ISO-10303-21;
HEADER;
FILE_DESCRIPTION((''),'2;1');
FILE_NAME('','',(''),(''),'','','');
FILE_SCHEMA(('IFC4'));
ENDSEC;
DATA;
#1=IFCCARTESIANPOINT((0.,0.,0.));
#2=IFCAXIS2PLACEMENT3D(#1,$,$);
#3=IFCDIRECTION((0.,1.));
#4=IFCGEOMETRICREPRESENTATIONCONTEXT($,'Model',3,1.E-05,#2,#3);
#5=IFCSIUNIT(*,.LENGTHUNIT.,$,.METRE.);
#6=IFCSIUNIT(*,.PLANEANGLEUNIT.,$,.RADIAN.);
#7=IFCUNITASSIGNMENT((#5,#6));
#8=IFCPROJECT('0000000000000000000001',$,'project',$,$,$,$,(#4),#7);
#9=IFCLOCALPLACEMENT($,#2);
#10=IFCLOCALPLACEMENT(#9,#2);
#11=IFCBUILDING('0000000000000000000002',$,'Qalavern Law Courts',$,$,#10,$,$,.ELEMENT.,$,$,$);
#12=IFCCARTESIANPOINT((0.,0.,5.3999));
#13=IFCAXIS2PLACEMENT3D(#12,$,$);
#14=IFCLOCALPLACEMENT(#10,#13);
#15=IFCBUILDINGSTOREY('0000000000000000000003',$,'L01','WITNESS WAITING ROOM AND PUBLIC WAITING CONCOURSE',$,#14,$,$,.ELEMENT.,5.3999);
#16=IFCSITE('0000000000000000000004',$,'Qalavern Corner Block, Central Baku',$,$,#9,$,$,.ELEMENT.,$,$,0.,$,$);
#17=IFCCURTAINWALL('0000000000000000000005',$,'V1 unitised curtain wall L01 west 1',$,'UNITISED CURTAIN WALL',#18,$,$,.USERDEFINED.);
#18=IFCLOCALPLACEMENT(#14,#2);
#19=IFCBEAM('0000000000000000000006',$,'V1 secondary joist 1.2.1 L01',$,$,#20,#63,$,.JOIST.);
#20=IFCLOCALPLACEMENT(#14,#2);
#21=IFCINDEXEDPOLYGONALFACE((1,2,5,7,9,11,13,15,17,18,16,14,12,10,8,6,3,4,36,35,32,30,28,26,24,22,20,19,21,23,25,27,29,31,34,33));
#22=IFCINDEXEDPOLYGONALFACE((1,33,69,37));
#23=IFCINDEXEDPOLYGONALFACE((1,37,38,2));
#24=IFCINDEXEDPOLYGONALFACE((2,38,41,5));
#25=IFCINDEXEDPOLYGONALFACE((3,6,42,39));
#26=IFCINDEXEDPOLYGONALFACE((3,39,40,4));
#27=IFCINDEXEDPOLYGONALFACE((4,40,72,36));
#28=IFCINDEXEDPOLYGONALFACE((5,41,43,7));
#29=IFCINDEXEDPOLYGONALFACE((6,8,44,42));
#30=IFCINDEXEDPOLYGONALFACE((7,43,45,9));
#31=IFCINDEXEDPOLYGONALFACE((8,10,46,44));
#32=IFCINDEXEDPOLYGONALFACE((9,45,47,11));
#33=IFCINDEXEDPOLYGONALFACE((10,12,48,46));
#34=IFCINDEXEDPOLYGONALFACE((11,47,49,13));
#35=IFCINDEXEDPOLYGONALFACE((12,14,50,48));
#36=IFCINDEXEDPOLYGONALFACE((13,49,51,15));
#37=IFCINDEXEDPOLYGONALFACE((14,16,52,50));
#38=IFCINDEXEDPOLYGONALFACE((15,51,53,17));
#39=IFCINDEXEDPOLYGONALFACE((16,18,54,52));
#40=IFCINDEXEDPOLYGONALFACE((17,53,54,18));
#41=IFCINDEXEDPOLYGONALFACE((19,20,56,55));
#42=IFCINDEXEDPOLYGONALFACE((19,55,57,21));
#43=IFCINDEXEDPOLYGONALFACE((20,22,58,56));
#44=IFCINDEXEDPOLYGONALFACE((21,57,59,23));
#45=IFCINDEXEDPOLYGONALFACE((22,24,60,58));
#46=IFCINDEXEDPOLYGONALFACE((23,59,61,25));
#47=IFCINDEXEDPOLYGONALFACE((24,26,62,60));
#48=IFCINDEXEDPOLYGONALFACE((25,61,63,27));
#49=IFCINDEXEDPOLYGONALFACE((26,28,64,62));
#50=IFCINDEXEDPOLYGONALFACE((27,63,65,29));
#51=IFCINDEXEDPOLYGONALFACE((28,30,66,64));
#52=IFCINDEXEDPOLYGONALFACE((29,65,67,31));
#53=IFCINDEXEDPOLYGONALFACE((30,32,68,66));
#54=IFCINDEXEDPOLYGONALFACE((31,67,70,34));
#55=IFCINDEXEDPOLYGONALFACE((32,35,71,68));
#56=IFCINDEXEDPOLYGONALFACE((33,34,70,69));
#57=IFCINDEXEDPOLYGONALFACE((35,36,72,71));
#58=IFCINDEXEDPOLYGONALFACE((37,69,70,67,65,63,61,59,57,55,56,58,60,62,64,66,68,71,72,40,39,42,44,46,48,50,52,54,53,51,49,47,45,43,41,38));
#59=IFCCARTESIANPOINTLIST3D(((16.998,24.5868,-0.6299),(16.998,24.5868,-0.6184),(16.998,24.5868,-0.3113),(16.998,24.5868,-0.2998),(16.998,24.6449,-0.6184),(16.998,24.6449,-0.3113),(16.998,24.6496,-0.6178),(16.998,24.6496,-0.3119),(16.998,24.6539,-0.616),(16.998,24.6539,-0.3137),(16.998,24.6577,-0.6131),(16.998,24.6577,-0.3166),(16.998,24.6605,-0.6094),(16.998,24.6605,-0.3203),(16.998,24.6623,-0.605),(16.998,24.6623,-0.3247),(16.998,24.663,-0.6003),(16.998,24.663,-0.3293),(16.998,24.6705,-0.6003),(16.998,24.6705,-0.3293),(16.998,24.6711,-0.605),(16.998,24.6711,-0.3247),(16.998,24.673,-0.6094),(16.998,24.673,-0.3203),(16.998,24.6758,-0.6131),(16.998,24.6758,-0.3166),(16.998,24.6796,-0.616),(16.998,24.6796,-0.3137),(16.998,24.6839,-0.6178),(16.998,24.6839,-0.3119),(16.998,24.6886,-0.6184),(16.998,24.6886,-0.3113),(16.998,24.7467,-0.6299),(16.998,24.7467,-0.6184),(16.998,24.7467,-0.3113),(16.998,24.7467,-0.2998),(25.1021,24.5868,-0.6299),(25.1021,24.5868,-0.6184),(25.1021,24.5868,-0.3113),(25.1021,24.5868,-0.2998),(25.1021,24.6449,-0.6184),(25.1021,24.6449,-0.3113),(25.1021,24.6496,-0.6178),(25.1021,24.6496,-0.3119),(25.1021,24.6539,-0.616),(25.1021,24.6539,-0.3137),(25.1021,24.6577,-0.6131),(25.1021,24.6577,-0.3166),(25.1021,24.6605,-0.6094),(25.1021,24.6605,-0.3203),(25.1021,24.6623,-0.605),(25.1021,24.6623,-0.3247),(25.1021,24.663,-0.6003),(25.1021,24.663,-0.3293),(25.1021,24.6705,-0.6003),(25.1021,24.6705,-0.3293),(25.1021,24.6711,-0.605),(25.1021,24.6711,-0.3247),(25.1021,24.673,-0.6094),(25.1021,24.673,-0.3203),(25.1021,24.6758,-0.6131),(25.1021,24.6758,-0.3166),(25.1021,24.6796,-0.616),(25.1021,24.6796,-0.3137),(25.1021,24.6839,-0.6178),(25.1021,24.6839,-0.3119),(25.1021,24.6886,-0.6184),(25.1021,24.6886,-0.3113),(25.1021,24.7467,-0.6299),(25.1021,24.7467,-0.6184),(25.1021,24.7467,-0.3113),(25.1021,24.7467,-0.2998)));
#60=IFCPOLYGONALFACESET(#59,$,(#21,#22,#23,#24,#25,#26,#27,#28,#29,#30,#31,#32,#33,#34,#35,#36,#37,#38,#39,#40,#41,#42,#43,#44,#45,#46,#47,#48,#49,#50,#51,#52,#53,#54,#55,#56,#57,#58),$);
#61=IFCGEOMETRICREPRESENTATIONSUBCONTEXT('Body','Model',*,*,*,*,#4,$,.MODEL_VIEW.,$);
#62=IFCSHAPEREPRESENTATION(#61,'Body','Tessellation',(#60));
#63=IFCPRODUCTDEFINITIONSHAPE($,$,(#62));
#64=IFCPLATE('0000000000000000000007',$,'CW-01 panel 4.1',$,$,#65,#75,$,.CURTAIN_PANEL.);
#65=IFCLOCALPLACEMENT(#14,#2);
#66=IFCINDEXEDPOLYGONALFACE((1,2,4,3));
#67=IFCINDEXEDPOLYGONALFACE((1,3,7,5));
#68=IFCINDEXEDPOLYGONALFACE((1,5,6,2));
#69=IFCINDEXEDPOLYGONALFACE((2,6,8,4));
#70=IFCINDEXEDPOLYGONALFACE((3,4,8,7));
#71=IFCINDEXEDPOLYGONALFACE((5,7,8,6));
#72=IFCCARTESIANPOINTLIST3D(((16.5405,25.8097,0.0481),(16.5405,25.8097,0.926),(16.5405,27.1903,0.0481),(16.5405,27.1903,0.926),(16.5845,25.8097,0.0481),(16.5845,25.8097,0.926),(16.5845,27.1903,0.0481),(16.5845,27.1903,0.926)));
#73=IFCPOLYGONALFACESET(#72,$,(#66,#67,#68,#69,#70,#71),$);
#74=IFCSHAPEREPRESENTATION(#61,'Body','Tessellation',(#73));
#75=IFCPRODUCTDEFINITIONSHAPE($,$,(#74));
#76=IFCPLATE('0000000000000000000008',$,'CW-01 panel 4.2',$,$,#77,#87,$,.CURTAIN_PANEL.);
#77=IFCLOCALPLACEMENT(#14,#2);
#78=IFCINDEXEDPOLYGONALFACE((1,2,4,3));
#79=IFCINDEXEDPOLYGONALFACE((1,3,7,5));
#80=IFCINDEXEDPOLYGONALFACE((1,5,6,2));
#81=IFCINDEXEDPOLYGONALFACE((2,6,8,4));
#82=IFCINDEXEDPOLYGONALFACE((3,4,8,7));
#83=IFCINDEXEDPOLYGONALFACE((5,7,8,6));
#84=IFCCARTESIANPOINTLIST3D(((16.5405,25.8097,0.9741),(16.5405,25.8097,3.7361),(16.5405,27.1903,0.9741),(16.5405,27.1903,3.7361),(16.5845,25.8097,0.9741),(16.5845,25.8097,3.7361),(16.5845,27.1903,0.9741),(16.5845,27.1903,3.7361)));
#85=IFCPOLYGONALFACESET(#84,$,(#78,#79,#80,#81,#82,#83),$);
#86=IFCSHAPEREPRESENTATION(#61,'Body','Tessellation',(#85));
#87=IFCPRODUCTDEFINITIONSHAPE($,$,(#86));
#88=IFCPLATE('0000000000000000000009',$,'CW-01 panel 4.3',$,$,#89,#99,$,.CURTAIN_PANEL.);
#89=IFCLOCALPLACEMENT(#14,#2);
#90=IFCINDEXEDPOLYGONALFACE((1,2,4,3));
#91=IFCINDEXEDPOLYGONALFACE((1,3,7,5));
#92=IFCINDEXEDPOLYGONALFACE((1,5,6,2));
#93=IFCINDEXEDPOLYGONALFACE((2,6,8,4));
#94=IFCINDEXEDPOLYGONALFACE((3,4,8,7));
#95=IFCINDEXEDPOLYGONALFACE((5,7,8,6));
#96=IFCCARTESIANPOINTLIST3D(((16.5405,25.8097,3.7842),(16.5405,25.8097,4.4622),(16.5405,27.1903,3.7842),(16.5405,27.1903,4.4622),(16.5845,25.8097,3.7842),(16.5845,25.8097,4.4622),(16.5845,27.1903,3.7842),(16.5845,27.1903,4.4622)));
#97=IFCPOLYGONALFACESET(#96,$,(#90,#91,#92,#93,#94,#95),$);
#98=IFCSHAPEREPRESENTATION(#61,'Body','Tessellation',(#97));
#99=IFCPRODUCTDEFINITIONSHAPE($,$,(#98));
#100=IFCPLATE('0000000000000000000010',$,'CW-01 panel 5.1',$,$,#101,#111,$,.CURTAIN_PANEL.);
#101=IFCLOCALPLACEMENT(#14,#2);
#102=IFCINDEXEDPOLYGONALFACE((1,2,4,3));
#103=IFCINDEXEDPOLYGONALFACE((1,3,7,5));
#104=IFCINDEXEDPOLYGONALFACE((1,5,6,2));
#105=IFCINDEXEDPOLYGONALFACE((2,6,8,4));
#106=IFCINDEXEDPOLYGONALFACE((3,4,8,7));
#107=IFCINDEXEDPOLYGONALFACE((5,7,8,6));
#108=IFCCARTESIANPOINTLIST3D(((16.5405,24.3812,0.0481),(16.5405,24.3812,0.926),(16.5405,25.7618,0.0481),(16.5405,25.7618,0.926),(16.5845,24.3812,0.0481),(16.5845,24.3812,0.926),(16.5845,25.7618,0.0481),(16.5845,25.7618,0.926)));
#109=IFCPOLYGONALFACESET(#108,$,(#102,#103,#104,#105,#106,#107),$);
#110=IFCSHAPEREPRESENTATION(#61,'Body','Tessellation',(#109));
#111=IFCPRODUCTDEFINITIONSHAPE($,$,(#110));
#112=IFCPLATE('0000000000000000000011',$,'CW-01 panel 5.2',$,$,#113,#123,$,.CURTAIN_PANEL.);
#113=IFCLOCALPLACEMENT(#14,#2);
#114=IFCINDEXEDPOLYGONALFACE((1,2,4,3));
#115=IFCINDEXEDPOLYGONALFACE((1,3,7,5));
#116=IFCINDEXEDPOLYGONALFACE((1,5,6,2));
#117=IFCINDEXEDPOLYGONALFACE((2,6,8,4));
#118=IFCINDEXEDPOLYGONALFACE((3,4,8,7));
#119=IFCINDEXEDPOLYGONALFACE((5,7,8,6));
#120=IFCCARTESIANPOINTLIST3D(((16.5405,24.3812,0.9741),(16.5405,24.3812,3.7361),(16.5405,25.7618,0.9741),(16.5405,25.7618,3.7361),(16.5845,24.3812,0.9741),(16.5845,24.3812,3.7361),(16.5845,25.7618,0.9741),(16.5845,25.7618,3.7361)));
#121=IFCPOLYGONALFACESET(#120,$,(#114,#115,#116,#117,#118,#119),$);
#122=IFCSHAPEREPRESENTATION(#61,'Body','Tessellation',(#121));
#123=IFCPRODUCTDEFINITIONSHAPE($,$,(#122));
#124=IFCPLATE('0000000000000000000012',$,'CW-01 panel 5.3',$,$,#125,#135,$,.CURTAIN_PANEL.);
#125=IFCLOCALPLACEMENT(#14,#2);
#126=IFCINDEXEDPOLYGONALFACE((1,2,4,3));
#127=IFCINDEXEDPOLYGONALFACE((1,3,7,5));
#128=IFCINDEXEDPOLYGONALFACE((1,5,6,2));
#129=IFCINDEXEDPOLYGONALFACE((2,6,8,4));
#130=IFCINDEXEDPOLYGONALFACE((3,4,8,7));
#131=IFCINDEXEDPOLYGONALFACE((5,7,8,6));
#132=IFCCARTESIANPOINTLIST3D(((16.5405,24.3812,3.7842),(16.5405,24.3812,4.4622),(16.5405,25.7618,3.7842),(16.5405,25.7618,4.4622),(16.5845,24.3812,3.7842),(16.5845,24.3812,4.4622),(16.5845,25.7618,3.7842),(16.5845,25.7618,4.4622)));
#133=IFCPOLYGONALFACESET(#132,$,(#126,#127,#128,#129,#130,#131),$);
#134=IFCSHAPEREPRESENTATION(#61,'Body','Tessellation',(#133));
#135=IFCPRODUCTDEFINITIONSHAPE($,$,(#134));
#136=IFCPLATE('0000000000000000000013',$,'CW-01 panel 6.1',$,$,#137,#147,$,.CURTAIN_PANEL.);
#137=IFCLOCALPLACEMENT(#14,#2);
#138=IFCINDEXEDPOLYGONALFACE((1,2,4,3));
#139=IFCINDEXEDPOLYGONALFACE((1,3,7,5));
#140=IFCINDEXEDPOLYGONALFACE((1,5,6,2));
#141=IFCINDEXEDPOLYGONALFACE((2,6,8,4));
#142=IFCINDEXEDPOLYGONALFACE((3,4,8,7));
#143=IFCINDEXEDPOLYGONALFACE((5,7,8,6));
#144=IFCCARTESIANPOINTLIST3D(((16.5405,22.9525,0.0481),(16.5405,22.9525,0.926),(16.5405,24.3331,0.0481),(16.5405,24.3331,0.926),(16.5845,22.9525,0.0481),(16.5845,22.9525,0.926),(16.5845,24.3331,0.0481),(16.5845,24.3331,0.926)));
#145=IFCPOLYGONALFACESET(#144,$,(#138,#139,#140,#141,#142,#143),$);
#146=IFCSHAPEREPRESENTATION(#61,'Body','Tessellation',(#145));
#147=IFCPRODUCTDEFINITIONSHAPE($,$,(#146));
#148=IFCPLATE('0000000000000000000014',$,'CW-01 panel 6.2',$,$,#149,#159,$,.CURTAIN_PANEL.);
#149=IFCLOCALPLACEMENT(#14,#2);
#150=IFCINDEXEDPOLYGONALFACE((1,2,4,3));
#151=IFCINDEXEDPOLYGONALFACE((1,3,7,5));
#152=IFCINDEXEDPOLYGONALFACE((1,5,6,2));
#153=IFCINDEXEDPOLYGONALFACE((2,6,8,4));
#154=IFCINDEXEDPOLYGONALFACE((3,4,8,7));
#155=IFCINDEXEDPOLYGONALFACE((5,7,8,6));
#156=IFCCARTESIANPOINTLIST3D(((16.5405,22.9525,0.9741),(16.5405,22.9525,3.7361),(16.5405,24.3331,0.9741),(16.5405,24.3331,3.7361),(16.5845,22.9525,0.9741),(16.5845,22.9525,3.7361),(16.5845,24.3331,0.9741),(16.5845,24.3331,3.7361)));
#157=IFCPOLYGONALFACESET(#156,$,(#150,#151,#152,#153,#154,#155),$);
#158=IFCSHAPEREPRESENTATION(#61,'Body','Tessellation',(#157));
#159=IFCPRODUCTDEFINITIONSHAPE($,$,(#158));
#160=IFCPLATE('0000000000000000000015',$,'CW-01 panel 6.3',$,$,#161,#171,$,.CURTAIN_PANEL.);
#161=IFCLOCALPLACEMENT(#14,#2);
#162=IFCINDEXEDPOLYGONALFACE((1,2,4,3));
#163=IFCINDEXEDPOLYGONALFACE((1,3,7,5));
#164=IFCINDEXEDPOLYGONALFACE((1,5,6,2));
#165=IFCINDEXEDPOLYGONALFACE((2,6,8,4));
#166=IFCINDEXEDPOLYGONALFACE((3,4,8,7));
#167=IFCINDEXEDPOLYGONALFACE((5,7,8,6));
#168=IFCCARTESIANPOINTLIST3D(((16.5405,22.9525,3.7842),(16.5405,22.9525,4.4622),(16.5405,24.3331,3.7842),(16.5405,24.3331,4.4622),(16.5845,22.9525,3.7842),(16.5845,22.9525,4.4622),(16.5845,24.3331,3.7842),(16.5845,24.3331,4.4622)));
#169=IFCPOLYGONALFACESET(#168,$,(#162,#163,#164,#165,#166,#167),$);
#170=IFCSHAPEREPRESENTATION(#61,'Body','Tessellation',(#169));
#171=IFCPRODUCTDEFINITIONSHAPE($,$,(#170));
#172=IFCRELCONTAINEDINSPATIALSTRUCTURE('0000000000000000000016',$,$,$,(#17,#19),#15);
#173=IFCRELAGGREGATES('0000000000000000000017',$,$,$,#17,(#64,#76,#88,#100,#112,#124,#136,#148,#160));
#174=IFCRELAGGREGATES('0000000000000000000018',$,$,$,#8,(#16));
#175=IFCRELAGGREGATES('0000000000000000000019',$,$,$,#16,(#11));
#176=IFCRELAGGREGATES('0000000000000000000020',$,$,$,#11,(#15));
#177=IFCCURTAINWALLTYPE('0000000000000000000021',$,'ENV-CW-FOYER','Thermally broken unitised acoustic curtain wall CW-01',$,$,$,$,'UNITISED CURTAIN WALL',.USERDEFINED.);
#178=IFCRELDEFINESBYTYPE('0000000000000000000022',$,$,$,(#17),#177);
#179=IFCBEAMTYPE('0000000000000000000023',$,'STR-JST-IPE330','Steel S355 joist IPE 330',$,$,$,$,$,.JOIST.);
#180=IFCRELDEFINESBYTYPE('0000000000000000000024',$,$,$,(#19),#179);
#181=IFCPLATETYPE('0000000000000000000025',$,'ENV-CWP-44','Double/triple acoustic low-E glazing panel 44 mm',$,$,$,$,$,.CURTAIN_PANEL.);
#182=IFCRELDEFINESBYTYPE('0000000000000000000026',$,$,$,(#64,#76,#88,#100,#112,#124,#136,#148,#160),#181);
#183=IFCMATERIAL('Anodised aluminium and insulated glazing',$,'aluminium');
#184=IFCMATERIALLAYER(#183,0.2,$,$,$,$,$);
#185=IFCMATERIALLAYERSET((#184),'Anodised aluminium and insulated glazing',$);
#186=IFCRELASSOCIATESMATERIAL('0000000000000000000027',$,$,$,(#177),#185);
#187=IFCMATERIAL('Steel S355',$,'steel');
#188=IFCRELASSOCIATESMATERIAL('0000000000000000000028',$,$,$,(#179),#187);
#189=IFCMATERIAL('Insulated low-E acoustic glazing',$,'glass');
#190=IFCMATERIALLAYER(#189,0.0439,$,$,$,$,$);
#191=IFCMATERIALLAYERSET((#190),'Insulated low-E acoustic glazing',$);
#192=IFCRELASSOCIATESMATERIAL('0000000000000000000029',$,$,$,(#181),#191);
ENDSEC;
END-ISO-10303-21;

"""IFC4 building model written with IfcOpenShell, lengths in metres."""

from ifc_helpers import new_model, si_unit, direction, frame, origin, origin_2d, place, context, subcontext, project, spatial, rectangle, i_section, extrude, material, layer, layer_set, material_profile, profile_set, type_object, element, aggregate, save


model = new_model("IFC4")

# Units and contexts
model_context = context("Model", 3, precision=1e-05, world=origin(), true_north=direction((0.0, 1.0)))
body_context = subcontext(model_context, "Body", "Model", "MODEL_VIEW")
ifc_project = project(units=[si_unit("LENGTHUNIT", "METRE"), si_unit("PLANEANGLEUNIT", "RADIAN")], contexts=[model_context])

# Site, building, storey
site_placement = place(None, origin())
site = spatial("IfcSite", under=ifc_project, at=site_placement, Name="Qalavern Corner Block, Central Baku", CompositionType="ELEMENT", RefElevation=0.0)
building_placement = place(site_placement, origin())
building = spatial("IfcBuilding", under=site, at=building_placement, Name="Qalavern Law Courts", CompositionType="ELEMENT")
storey_placement = place(building_placement, frame((0.0, 0.0, 5.3999)))
storey = spatial("IfcBuildingStorey", under=building, at=storey_placement, Name="L01", Description="WITNESS WAITING ROOM AND PUBLIC WAITING CONCOURSE", CompositionType="ELEMENT", Elevation=5.3999)

# Curtain wall
ifc_material_1 = material(Name="Anodised aluminium and insulated glazing", Category="aluminium")
ifc_layer_1 = layer(ifc_material_1, 0.2)
ifc_layer_set_1 = layer_set([ifc_layer_1], Name="Anodised aluminium and insulated glazing")
curtain_wall_type = type_object("IfcCurtainWallType", Name="ENV-CW-FOYER", Description="Thermally broken unitised acoustic curtain wall CW-01", ElementType="UNITISED CURTAIN WALL", PredefinedType="USERDEFINED", material=ifc_layer_set_1)
curtain_wall_placement = place(storey_placement, origin())
curtain_wall = element("IfcCurtainWall", 1, at=curtain_wall_placement, inside=storey, type_object=curtain_wall_type, Name="V1 unitised curtain wall L01 west 1", ObjectType="UNITISED CURTAIN WALL", PredefinedType="USERDEFINED")

# Beam
ifc_material_2 = material(Name="Steel S355", Category="steel")
ifc_material_profile_1 = material_profile(ifc_material_2, i_section(OverallWidth=0.1599, OverallDepth=0.3301, WebThickness=0.0076, FlangeThickness=0.0115, FilletRadius=0.0181, at=origin_2d()), Name="IPE 330")
ifc_profile_set_1 = profile_set([ifc_material_profile_1], Name="Steel S355")
beam_type = type_object("IfcBeamType", Name="STR-JST-IPE330", Description="Steel S355 joist IPE 330", PredefinedType="JOIST", material=ifc_profile_set_1)
beam_placement = place(storey_placement, frame((16.998, 24.6667, -0.4648), z_axis=(1.0, 0.0, 0.0), x_axis=(0.0, 1.0, 0.0)))
element("IfcBeam", 2, at=beam_placement, inside=storey, type_object=beam_type, Name="V1 secondary joist 1.2.1 L01", PredefinedType="JOIST", context=body_context, shape_type="SweptSolid", body=[
    extrude(i_section(OverallWidth=0.1599, OverallDepth=0.3301, WebThickness=0.0076, FlangeThickness=0.0115, FilletRadius=0.0181, at=origin_2d()), origin(), (0.0, 0.0, 1.0), 8.104),
])

# Plates
ifc_material_3 = material(Name="Insulated low-E acoustic glazing", Category="glass")
ifc_layer_2 = layer(ifc_material_3, 0.0439)
ifc_layer_set_2 = layer_set([ifc_layer_2], Name="Insulated low-E acoustic glazing")
plate_type = type_object("IfcPlateType", Name="ENV-CWP-44", Description="Double/triple acoustic low-E glazing panel 44 mm", PredefinedType="CURTAIN_PANEL", material=ifc_layer_set_2)
plate_1_placement = place(storey_placement, frame((16.5625, 26.5, 0.0481), z_axis=(0.0, 0.0, 1.0), x_axis=(0.0, -1.0, 0.0)))
plate_1 = element("IfcPlate", 3, at=plate_1_placement, type_object=plate_type, Name="CW-01 panel 4.1", PredefinedType="CURTAIN_PANEL", context=body_context, shape_type="SweptSolid", body=[
    extrude(rectangle(XDim=1.3806, YDim=0.0439, at=origin_2d()), origin(), (0.0, 0.0, 1.0), 0.8779),
])
plate_2_placement = place(storey_placement, frame((16.5625, 26.5, 0.9741), z_axis=(0.0, 0.0, 1.0), x_axis=(0.0, -1.0, 0.0)))
plate_2 = element("IfcPlate", 4, at=plate_2_placement, type_object=plate_type, Name="CW-01 panel 4.2", PredefinedType="CURTAIN_PANEL", context=body_context, shape_type="SweptSolid", body=[
    extrude(rectangle(XDim=1.3806, YDim=0.0439, at=origin_2d()), origin(), (0.0, 0.0, 1.0), 2.762),
])
plate_3_placement = place(storey_placement, frame((16.5625, 26.5, 3.7842), z_axis=(0.0, 0.0, 1.0), x_axis=(0.0, -1.0, 0.0)))
plate_3 = element("IfcPlate", 5, at=plate_3_placement, type_object=plate_type, Name="CW-01 panel 4.3", PredefinedType="CURTAIN_PANEL", context=body_context, shape_type="SweptSolid", body=[
    extrude(rectangle(XDim=1.3806, YDim=0.0439, at=origin_2d()), origin(), (0.0, 0.0, 1.0), 0.678),
])
plate_4_placement = place(storey_placement, frame((16.5625, 25.0715, 0.0481), z_axis=(0.0, 0.0, 1.0), x_axis=(0.0, -1.0, 0.0)))
plate_4 = element("IfcPlate", 6, at=plate_4_placement, type_object=plate_type, Name="CW-01 panel 5.1", PredefinedType="CURTAIN_PANEL", context=body_context, shape_type="SweptSolid", body=[
    extrude(rectangle(XDim=1.3806, YDim=0.0439, at=origin_2d()), origin(), (0.0, 0.0, 1.0), 0.8779),
])
plate_5_placement = place(storey_placement, frame((16.5625, 25.0715, 0.9741), z_axis=(0.0, 0.0, 1.0), x_axis=(0.0, -1.0, 0.0)))
plate_5 = element("IfcPlate", 7, at=plate_5_placement, type_object=plate_type, Name="CW-01 panel 5.2", PredefinedType="CURTAIN_PANEL", context=body_context, shape_type="SweptSolid", body=[
    extrude(rectangle(XDim=1.3806, YDim=0.0439, at=origin_2d()), origin(), (0.0, 0.0, 1.0), 2.762),
])
plate_6_placement = place(storey_placement, frame((16.5625, 25.0715, 3.7842), z_axis=(0.0, 0.0, 1.0), x_axis=(0.0, -1.0, 0.0)))
plate_6 = element("IfcPlate", 8, at=plate_6_placement, type_object=plate_type, Name="CW-01 panel 5.3", PredefinedType="CURTAIN_PANEL", context=body_context, shape_type="SweptSolid", body=[
    extrude(rectangle(XDim=1.3806, YDim=0.0439, at=origin_2d()), origin(), (0.0, 0.0, 1.0), 0.678),
])
plate_7_placement = place(storey_placement, frame((16.5625, 23.6428, 0.0481), z_axis=(0.0, 0.0, 1.0), x_axis=(0.0, -1.0, 0.0)))
plate_7 = element("IfcPlate", 9, at=plate_7_placement, type_object=plate_type, Name="CW-01 panel 6.1", PredefinedType="CURTAIN_PANEL", context=body_context, shape_type="SweptSolid", body=[
    extrude(rectangle(XDim=1.3806, YDim=0.0439, at=origin_2d()), origin(), (0.0, 0.0, 1.0), 0.8779),
])
plate_8_placement = place(storey_placement, frame((16.5625, 23.6428, 0.9741), z_axis=(0.0, 0.0, 1.0), x_axis=(0.0, -1.0, 0.0)))
plate_8 = element("IfcPlate", 10, at=plate_8_placement, type_object=plate_type, Name="CW-01 panel 6.2", PredefinedType="CURTAIN_PANEL", context=body_context, shape_type="SweptSolid", body=[
    extrude(rectangle(XDim=1.3806, YDim=0.0439, at=origin_2d()), origin(), (0.0, 0.0, 1.0), 2.762),
])
plate_9_placement = place(storey_placement, frame((16.5625, 23.6428, 3.7842), z_axis=(0.0, 0.0, 1.0), x_axis=(0.0, -1.0, 0.0)))
plate_9 = element("IfcPlate", 11, at=plate_9_placement, type_object=plate_type, Name="CW-01 panel 6.3", PredefinedType="CURTAIN_PANEL", context=body_context, shape_type="SweptSolid", body=[
    extrude(rectangle(XDim=1.3806, YDim=0.0439, at=origin_2d()), origin(), (0.0, 0.0, 1.0), 0.678),
])
aggregate(curtain_wall, [plate_1, plate_2, plate_3, plate_4, plate_5, plate_6, plate_7, plate_8, plate_9])

save(model, "model.ifc")
